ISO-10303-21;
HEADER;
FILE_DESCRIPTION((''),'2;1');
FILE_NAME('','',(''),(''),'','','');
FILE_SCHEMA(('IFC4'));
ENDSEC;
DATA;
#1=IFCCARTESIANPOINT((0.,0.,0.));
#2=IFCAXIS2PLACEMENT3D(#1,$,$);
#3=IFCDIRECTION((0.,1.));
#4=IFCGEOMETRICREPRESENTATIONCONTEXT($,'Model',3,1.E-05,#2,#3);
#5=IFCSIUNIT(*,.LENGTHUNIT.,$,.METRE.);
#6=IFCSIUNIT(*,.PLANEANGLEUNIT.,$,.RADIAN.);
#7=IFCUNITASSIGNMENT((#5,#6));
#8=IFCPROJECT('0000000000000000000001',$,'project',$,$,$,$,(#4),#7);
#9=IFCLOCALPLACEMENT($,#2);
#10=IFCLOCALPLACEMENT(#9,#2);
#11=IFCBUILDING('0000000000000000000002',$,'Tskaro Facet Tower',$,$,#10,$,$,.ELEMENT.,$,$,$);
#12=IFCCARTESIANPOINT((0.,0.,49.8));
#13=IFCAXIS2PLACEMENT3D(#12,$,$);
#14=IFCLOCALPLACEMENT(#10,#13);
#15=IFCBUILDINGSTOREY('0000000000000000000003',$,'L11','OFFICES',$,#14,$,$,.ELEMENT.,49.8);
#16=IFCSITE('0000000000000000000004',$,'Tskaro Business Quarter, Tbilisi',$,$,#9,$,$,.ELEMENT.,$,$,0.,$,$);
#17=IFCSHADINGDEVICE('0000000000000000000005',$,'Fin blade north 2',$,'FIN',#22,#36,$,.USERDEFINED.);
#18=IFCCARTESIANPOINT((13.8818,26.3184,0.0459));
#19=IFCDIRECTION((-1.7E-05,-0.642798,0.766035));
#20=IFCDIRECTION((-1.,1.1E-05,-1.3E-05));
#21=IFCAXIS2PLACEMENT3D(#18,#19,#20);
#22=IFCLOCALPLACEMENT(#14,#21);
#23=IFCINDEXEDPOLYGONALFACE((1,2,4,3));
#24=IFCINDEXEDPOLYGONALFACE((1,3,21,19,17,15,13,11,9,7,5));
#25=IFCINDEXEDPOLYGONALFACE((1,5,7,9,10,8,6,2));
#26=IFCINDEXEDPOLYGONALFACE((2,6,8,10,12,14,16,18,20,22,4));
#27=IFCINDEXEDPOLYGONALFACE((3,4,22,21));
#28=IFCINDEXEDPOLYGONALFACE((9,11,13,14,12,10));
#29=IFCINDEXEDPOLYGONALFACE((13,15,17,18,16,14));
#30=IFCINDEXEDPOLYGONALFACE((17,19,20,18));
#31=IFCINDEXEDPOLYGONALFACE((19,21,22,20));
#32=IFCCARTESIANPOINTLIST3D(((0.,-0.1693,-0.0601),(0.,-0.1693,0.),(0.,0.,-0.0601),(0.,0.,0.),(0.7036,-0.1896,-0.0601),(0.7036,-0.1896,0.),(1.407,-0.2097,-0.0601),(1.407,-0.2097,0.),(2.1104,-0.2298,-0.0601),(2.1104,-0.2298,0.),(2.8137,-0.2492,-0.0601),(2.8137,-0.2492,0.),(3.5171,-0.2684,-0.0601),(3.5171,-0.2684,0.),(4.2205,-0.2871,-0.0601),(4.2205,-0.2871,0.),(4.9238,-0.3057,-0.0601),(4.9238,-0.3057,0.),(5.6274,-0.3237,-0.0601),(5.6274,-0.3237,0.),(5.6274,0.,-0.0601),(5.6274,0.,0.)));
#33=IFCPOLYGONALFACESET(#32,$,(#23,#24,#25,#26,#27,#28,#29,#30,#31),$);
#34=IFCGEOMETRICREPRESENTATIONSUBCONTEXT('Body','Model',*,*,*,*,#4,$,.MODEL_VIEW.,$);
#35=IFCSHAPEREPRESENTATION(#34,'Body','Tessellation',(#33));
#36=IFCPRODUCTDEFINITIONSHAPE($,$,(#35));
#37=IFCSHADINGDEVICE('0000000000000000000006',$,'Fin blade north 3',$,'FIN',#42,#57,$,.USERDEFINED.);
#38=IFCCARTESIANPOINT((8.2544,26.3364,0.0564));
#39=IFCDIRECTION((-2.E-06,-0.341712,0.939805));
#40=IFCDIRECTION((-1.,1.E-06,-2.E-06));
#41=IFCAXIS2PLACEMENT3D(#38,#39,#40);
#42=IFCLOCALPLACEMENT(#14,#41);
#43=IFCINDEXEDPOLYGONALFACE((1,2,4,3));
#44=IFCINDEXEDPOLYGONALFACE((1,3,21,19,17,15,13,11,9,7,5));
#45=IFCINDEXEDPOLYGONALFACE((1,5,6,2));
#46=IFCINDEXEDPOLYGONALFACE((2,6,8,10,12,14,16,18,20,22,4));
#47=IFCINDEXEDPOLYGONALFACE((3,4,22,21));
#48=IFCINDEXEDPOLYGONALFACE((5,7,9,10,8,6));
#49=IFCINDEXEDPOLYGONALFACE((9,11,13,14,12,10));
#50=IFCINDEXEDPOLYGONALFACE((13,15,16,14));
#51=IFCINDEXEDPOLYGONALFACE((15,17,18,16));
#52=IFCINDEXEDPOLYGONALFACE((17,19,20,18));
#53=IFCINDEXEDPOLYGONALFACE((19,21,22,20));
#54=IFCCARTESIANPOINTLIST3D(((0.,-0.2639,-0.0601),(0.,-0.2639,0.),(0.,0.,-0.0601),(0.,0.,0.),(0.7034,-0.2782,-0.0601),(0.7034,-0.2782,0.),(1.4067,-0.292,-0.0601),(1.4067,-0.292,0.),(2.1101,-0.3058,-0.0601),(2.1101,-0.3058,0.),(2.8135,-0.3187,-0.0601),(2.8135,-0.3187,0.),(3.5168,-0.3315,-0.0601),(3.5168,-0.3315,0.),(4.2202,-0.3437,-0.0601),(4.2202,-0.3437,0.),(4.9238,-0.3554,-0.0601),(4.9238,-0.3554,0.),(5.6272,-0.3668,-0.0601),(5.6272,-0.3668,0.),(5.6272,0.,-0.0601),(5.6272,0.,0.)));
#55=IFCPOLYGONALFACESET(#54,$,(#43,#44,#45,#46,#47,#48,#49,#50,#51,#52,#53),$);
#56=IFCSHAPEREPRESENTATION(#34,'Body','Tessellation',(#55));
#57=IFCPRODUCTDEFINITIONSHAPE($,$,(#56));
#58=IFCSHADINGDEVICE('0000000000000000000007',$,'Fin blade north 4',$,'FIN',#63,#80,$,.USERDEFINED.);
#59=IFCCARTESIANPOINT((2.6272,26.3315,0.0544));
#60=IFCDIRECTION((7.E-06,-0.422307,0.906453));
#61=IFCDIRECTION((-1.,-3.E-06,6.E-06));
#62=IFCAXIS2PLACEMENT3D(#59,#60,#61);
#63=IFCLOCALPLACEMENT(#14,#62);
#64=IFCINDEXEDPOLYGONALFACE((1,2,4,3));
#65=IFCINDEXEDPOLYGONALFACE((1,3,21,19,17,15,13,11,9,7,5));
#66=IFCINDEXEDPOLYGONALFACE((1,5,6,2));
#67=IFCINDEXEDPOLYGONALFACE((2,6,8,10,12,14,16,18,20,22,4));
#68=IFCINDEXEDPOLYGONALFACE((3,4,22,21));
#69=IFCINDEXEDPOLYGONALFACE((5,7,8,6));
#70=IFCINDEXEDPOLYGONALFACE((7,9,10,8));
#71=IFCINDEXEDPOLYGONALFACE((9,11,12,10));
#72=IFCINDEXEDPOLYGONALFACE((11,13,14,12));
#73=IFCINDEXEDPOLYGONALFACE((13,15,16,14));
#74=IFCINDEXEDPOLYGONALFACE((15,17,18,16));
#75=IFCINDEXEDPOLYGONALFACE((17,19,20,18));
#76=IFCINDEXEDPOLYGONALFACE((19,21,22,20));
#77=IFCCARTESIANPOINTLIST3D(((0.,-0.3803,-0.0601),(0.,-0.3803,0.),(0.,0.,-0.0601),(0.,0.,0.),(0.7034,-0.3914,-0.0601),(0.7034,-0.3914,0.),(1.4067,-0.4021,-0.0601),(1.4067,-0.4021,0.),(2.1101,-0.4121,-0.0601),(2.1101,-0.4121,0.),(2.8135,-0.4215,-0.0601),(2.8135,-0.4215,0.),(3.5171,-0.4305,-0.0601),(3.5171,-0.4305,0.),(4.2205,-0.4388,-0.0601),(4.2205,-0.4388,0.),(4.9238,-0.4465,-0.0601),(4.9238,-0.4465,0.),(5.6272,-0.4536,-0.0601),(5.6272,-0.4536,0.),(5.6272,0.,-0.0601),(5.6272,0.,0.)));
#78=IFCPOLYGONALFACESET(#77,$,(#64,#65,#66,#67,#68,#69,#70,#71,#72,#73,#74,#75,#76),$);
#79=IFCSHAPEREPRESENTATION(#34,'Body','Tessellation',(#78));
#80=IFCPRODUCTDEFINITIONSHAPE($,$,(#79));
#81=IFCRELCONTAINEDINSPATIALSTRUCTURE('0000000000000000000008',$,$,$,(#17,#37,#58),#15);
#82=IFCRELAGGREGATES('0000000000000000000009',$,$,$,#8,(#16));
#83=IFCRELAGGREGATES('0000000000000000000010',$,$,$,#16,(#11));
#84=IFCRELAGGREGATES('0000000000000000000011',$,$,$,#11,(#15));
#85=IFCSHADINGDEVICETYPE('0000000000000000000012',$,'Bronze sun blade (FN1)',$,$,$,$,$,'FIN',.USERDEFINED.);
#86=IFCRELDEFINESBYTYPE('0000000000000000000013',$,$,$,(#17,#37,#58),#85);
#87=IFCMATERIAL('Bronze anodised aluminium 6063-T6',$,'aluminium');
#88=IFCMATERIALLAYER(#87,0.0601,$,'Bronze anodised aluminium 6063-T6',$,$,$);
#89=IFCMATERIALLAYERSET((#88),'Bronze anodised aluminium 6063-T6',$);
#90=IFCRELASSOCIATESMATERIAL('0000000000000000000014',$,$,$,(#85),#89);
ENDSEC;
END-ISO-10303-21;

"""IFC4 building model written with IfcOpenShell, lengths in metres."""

from ifc_helpers import new_model, si_unit, direction, frame, origin, place, context, subcontext, project, spatial, polyline, outline, extrude, material, layer, layer_set, type_object, element, save


model = new_model("IFC4")

# Units and contexts
model_context = context("Model", 3, precision=1e-05, world=origin(), true_north=direction((0.0, 1.0)))
body_context = subcontext(model_context, "Body", "Model", "MODEL_VIEW")
ifc_project = project(units=[si_unit("LENGTHUNIT", "METRE"), si_unit("PLANEANGLEUNIT", "RADIAN")], contexts=[model_context])

# Site, building, storey
site_placement = place(None, origin())
site = spatial("IfcSite", under=ifc_project, at=site_placement, Name="Tskaro Business Quarter, Tbilisi", CompositionType="ELEMENT", RefElevation=0.0)
building_placement = place(site_placement, origin())
building = spatial("IfcBuilding", under=site, at=building_placement, Name="Tskaro Facet Tower", CompositionType="ELEMENT")
storey_placement = place(building_placement, frame((0.0, 0.0, 49.8)))
storey = spatial("IfcBuildingStorey", under=building, at=storey_placement, Name="L11", Description="OFFICES", CompositionType="ELEMENT", Elevation=49.8)

# Shared definitions
ifc_material_1 = material(Name="Bronze anodised aluminium 6063-T6", Category="aluminium")

# Shading devices
ifc_layer_1 = layer(ifc_material_1, 0.0601, Name="Bronze anodised aluminium 6063-T6")
ifc_layer_set_1 = layer_set([ifc_layer_1], Name="Bronze anodised aluminium 6063-T6")
shading_device_type = type_object("IfcShadingDeviceType", Name="Bronze sun blade (FN1)", ElementType="FIN", PredefinedType="USERDEFINED", material=ifc_layer_set_1)
shading_device_1_placement = place(storey_placement, frame((13.8818, 26.3184, 0.0459), z_axis=(-0.000017, -0.642798, 0.766035), x_axis=(-1.0, 0.000011, -0.000013)))
element("IfcShadingDevice", 1, at=shading_device_1_placement, inside=storey, type_object=shading_device_type, Name="Fin blade north 2", ObjectType="FIN", PredefinedType="USERDEFINED", context=body_context, shape_type="SweptSolid", body=[
    extrude(outline(polyline([(0.0, 0.0), (5.6274, 0.0), (5.6274, -0.3237), (4.9238, -0.3057), (4.2205, -0.2871), (3.5171, -0.2684), (2.8137, -0.2492), (2.1104, -0.2298), (1.407, -0.2097), (0.7036, -0.1896), (0.0, -0.1693), (0.0, 0.0)])), origin(), (0.0, 0.0, -1.0), 0.0601),
])
shading_device_2_placement = place(storey_placement, frame((8.2544, 26.3364, 0.0564), z_axis=(-0.000002, -0.341712, 0.939805), x_axis=(-1.0, 0.000001, -0.000002)))
element("IfcShadingDevice", 2, at=shading_device_2_placement, inside=storey, type_object=shading_device_type, Name="Fin blade north 3", ObjectType="FIN", PredefinedType="USERDEFINED", context=body_context, shape_type="SweptSolid", body=[
    extrude(outline(polyline([(0.0, 0.0), (5.6272, 0.0), (5.6272, -0.3668), (4.9238, -0.3554), (4.2202, -0.3437), (3.5168, -0.3315), (2.8135, -0.3187), (2.1101, -0.3058), (1.4067, -0.292), (0.7034, -0.2782), (0.0, -0.2639), (0.0, 0.0)])), origin(), (0.0, 0.0, -1.0), 0.0601),
])
shading_device_3_placement = place(storey_placement, frame((2.6272, 26.3315, 0.0544), z_axis=(0.000007, -0.422307, 0.906453), x_axis=(-1.0, -0.000003, 0.000006)))
element("IfcShadingDevice", 3, at=shading_device_3_placement, inside=storey, type_object=shading_device_type, Name="Fin blade north 4", ObjectType="FIN", PredefinedType="USERDEFINED", context=body_context, shape_type="SweptSolid", body=[
    extrude(outline(polyline([(0.0, 0.0), (5.6272, 0.0), (5.6272, -0.4536), (4.9238, -0.4465), (4.2205, -0.4388), (3.5171, -0.4305), (2.8135, -0.4215), (2.1101, -0.4121), (1.4067, -0.4021), (0.7034, -0.3914), (0.0, -0.3803), (0.0, 0.0)])), origin(), (0.0, 0.0, -1.0), 0.0601),
])

save(model, "model.ifc")
